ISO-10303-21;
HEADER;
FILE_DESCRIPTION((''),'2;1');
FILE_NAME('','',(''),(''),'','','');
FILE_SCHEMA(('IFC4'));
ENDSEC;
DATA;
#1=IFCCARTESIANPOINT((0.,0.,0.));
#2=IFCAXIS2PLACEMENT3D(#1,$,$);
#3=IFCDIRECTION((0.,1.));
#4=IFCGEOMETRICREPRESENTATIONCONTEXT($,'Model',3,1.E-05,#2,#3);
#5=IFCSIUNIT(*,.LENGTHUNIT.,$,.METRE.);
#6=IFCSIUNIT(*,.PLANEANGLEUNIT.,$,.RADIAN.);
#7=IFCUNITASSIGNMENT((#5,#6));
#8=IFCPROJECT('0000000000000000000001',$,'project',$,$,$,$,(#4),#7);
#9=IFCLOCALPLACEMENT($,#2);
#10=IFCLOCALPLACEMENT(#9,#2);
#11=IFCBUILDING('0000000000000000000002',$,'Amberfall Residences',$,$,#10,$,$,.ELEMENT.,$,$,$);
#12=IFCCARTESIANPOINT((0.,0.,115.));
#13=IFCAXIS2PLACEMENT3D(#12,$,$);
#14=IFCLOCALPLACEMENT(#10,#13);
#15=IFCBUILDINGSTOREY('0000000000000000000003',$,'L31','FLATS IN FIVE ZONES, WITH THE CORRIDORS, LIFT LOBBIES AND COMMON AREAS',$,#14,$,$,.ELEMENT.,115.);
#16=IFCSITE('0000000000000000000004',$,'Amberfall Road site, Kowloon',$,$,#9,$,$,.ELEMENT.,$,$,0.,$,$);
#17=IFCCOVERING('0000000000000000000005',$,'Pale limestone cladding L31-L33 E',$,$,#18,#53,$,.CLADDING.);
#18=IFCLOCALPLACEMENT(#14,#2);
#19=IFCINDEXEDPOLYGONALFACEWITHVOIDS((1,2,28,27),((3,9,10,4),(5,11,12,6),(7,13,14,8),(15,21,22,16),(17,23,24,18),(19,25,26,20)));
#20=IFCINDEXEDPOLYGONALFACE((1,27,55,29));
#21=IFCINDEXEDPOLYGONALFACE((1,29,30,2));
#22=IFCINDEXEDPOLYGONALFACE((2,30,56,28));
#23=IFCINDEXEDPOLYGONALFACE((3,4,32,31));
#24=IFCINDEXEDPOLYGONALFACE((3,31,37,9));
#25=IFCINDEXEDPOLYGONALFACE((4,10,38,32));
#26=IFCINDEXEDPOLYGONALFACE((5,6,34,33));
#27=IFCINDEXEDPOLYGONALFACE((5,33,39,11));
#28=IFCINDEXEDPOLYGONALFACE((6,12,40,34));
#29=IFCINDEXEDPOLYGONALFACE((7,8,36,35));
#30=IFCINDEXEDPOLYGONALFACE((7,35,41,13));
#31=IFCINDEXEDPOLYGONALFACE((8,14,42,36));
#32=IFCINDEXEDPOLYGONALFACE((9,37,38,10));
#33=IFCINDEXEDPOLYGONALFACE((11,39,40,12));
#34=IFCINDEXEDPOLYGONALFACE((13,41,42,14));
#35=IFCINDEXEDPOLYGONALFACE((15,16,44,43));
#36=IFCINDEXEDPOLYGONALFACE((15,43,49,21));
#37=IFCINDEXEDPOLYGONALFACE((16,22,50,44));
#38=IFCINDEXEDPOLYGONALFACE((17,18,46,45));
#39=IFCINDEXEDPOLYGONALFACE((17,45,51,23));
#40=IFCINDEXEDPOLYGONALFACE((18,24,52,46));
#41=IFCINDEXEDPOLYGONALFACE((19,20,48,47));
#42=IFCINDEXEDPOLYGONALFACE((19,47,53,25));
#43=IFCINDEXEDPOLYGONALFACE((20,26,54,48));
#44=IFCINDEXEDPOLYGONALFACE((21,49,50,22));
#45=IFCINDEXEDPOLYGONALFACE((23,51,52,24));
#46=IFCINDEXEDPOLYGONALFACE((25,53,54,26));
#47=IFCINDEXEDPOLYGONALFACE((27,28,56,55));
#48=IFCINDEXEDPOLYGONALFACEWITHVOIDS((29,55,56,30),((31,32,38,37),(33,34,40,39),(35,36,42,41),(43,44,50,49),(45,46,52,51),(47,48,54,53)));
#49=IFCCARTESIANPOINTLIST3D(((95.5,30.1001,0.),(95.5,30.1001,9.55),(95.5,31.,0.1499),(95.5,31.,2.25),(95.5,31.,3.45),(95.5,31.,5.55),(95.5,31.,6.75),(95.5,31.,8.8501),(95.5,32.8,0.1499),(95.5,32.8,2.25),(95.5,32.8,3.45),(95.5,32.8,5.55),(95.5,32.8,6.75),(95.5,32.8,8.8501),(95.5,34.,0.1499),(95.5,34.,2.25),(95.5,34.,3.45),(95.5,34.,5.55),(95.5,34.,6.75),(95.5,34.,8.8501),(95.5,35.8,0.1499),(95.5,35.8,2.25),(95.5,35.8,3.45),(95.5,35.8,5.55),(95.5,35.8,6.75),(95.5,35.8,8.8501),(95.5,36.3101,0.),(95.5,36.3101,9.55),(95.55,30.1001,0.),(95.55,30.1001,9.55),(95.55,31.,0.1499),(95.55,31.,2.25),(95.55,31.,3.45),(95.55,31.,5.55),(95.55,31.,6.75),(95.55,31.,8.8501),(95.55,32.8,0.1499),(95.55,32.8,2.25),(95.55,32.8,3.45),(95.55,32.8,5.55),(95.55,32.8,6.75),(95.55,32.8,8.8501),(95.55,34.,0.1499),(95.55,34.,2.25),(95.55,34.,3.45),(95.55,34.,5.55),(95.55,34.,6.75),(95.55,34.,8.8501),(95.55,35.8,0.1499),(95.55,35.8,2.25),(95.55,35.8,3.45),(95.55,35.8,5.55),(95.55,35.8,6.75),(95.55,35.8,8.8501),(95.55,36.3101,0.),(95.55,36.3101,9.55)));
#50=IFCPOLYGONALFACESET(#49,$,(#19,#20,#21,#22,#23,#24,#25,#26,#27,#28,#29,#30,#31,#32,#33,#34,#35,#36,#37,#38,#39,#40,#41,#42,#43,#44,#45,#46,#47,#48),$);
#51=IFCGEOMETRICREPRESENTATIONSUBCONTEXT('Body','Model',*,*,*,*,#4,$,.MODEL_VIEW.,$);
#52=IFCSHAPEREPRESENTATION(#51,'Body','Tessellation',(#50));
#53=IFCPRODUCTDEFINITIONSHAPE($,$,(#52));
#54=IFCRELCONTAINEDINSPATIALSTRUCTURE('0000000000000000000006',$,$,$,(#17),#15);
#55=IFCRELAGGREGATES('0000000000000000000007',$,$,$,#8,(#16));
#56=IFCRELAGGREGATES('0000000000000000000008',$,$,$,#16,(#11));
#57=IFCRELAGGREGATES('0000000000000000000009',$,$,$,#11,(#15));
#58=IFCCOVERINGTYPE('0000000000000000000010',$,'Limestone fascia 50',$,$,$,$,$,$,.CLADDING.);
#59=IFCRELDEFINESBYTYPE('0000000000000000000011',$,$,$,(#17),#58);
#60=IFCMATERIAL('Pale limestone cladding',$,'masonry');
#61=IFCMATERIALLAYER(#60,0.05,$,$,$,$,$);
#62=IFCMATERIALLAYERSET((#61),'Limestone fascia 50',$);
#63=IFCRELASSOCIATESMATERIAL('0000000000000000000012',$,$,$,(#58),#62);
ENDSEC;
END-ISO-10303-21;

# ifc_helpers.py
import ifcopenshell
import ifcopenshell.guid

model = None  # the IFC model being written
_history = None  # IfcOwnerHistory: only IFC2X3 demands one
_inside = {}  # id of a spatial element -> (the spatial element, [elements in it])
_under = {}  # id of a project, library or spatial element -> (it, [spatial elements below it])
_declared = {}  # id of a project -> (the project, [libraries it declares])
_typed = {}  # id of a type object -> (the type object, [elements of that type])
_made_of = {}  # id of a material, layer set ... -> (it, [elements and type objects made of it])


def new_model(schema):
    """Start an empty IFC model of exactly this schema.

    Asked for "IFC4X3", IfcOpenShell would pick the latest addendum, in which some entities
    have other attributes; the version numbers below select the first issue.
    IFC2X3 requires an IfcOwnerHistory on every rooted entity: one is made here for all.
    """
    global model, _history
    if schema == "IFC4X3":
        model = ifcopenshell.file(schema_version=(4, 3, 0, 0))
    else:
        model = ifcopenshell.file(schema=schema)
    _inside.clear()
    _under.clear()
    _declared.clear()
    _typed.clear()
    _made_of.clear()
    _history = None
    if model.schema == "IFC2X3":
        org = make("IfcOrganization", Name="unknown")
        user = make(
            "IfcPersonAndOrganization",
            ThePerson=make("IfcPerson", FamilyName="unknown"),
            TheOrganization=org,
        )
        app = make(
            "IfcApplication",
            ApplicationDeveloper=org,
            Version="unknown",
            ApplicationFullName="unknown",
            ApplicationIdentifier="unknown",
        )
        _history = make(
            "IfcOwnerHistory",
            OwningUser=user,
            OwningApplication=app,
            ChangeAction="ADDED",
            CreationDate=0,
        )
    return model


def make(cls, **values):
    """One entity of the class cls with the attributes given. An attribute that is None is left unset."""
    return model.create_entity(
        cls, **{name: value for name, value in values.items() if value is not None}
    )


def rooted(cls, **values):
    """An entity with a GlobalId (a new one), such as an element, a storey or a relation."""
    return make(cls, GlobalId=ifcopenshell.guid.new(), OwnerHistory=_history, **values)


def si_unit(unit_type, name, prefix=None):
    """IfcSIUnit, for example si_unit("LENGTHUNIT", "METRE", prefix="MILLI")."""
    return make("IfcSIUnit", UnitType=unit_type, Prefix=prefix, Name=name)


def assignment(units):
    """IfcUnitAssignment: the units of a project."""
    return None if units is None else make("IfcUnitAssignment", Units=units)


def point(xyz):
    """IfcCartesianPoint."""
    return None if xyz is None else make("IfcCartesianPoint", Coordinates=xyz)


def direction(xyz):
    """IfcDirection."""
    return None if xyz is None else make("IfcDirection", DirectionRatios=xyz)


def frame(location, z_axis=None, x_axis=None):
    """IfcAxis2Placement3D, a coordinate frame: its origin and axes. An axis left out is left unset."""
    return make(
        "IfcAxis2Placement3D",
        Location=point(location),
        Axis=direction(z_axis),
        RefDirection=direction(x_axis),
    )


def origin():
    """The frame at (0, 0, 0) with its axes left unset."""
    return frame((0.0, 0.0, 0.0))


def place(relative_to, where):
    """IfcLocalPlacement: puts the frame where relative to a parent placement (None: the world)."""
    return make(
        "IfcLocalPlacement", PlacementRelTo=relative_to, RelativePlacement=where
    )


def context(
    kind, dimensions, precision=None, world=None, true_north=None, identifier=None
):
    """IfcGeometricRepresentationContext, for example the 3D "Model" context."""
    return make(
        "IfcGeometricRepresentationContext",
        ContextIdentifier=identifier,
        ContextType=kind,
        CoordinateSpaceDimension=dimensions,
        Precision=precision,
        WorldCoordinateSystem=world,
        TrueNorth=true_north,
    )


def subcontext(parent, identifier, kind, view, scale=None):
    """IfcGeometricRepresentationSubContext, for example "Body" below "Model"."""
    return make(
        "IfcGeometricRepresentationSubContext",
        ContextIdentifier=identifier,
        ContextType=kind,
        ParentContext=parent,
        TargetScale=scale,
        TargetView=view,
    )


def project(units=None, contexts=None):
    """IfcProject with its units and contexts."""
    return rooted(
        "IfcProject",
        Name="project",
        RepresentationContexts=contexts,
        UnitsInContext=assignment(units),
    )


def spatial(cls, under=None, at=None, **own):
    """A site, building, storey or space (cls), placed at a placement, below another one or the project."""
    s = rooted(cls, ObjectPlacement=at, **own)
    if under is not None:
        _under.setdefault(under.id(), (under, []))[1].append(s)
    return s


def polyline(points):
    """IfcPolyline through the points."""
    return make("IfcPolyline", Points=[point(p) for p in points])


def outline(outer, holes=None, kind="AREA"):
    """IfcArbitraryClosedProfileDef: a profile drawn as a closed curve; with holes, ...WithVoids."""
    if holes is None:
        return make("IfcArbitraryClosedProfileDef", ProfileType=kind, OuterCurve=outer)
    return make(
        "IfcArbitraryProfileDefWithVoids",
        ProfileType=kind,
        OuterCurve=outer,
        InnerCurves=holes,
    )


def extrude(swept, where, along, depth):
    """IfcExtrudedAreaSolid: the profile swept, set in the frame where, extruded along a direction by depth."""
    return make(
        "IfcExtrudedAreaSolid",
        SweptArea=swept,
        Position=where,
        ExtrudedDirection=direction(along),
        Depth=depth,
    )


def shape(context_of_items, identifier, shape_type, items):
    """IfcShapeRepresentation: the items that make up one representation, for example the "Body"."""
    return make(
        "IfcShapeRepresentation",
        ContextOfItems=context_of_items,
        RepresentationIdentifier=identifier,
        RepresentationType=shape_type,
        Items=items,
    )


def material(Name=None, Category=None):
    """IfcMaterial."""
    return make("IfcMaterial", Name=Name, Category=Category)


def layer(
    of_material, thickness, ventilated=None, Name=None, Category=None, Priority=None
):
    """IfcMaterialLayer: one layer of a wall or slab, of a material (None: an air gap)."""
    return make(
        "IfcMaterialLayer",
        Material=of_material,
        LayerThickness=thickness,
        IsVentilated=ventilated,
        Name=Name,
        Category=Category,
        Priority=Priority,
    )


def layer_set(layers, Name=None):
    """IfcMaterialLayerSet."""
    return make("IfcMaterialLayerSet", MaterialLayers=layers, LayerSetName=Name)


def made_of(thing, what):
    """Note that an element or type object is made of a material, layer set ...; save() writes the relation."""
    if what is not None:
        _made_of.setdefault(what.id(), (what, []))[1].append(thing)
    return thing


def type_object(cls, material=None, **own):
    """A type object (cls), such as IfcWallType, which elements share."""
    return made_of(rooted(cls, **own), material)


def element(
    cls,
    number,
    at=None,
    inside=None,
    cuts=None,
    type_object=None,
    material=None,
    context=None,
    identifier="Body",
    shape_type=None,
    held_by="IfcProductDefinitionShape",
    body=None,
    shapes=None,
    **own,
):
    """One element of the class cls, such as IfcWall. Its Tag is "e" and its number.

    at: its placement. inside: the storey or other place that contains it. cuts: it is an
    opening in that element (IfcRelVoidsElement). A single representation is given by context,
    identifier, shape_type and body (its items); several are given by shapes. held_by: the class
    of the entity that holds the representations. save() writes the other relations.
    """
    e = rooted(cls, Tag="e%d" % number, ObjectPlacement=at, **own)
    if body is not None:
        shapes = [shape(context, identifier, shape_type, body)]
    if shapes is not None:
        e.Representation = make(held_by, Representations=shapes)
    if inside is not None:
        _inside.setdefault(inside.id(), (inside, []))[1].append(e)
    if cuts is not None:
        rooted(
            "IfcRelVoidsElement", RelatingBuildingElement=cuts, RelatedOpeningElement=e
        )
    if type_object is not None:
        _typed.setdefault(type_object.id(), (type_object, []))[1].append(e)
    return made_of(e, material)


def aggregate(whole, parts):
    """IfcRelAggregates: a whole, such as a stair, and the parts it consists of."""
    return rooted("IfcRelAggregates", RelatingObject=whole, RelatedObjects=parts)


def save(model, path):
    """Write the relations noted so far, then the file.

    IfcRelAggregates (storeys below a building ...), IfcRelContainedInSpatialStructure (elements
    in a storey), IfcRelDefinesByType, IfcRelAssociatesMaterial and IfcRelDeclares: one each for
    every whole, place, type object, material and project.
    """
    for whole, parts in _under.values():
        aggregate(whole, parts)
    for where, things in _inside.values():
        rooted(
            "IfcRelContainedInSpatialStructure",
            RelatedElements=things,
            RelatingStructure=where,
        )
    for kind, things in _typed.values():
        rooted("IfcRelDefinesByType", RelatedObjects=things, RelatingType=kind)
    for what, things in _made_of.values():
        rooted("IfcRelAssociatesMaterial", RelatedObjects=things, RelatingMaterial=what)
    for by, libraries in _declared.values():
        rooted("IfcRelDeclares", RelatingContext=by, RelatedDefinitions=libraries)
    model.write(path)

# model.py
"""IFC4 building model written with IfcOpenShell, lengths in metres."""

from ifc_helpers import new_model, si_unit, direction, frame, origin, place, context, subcontext, project, spatial, polyline, outline, extrude, material, layer, layer_set, type_object, element, save


model = new_model("IFC4")

# Units and contexts
model_context = context("Model", 3, precision=1e-05, world=origin(), true_north=direction((0.0, 1.0)))
body_context = subcontext(model_context, "Body", "Model", "MODEL_VIEW")
ifc_project = project(units=[si_unit("LENGTHUNIT", "METRE"), si_unit("PLANEANGLEUNIT", "RADIAN")], contexts=[model_context])

# Site, building, storey
site_placement = place(None, origin())
site = spatial("IfcSite", under=ifc_project, at=site_placement, Name="Amberfall Road site, Kowloon", CompositionType="ELEMENT", RefElevation=0.0)
building_placement = place(site_placement, origin())
building = spatial("IfcBuilding", under=site, at=building_placement, Name="Amberfall Residences", CompositionType="ELEMENT")
storey_placement = place(building_placement, frame((0.0, 0.0, 115.0)))
storey = spatial("IfcBuildingStorey", under=building, at=storey_placement, Name="L31", Description="FLATS IN FIVE ZONES, WITH THE CORRIDORS, LIFT LOBBIES AND COMMON AREAS", CompositionType="ELEMENT", Elevation=115.0)

# Covering
ifc_material_1 = material(Name="Pale limestone cladding", Category="masonry")
ifc_layer_1 = layer(ifc_material_1, 0.05)
ifc_layer_set_1 = layer_set([ifc_layer_1], Name="Limestone fascia 50")
covering_type = type_object("IfcCoveringType", Name="Limestone fascia 50", PredefinedType="CLADDING", material=ifc_layer_set_1)
covering_placement = place(storey_placement, frame((95.5, 30.1001, 9.55), z_axis=(-1.0, 0.0, 0.0), x_axis=(0.0, 1.0, 0.0)))
element("IfcCovering", 1, at=covering_placement, inside=storey, type_object=covering_type, Name="Pale limestone cladding L31-L33 E", PredefinedType="CLADDING", context=body_context, shape_type="SweptSolid", body=[
    extrude(outline(polyline([(0.0, 0.0), (6.21, 0.0), (6.21, 9.55), (0.0, 9.55), (0.0, 0.0)]), holes=[polyline([(0.8999, 7.3), (2.7, 7.3), (2.7, 9.4001), (0.8999, 9.4001), (0.8999, 7.3)]), polyline([(3.8999, 7.3), (5.7, 7.3), (5.7, 9.4001), (3.8999, 9.4001), (3.8999, 7.3)]), polyline([(0.8999, 4.0), (2.7, 4.0), (2.7, 6.1001), (0.8999, 6.1001), (0.8999, 4.0)]), polyline([(3.8999, 4.0), (5.7, 4.0), (5.7, 6.1001), (3.8999, 6.1001), (3.8999, 4.0)]), polyline([(0.8999, 0.7), (2.7, 0.7), (2.7, 2.8), (0.8999, 2.8), (0.8999, 0.7)]), polyline([(3.8999, 0.7), (5.7, 0.7), (5.7, 2.8), (3.8999, 2.8), (3.8999, 0.7)])]), origin(), (0.0, 0.0, -1.0), 0.05),
])

save(model, "model.ifc")
